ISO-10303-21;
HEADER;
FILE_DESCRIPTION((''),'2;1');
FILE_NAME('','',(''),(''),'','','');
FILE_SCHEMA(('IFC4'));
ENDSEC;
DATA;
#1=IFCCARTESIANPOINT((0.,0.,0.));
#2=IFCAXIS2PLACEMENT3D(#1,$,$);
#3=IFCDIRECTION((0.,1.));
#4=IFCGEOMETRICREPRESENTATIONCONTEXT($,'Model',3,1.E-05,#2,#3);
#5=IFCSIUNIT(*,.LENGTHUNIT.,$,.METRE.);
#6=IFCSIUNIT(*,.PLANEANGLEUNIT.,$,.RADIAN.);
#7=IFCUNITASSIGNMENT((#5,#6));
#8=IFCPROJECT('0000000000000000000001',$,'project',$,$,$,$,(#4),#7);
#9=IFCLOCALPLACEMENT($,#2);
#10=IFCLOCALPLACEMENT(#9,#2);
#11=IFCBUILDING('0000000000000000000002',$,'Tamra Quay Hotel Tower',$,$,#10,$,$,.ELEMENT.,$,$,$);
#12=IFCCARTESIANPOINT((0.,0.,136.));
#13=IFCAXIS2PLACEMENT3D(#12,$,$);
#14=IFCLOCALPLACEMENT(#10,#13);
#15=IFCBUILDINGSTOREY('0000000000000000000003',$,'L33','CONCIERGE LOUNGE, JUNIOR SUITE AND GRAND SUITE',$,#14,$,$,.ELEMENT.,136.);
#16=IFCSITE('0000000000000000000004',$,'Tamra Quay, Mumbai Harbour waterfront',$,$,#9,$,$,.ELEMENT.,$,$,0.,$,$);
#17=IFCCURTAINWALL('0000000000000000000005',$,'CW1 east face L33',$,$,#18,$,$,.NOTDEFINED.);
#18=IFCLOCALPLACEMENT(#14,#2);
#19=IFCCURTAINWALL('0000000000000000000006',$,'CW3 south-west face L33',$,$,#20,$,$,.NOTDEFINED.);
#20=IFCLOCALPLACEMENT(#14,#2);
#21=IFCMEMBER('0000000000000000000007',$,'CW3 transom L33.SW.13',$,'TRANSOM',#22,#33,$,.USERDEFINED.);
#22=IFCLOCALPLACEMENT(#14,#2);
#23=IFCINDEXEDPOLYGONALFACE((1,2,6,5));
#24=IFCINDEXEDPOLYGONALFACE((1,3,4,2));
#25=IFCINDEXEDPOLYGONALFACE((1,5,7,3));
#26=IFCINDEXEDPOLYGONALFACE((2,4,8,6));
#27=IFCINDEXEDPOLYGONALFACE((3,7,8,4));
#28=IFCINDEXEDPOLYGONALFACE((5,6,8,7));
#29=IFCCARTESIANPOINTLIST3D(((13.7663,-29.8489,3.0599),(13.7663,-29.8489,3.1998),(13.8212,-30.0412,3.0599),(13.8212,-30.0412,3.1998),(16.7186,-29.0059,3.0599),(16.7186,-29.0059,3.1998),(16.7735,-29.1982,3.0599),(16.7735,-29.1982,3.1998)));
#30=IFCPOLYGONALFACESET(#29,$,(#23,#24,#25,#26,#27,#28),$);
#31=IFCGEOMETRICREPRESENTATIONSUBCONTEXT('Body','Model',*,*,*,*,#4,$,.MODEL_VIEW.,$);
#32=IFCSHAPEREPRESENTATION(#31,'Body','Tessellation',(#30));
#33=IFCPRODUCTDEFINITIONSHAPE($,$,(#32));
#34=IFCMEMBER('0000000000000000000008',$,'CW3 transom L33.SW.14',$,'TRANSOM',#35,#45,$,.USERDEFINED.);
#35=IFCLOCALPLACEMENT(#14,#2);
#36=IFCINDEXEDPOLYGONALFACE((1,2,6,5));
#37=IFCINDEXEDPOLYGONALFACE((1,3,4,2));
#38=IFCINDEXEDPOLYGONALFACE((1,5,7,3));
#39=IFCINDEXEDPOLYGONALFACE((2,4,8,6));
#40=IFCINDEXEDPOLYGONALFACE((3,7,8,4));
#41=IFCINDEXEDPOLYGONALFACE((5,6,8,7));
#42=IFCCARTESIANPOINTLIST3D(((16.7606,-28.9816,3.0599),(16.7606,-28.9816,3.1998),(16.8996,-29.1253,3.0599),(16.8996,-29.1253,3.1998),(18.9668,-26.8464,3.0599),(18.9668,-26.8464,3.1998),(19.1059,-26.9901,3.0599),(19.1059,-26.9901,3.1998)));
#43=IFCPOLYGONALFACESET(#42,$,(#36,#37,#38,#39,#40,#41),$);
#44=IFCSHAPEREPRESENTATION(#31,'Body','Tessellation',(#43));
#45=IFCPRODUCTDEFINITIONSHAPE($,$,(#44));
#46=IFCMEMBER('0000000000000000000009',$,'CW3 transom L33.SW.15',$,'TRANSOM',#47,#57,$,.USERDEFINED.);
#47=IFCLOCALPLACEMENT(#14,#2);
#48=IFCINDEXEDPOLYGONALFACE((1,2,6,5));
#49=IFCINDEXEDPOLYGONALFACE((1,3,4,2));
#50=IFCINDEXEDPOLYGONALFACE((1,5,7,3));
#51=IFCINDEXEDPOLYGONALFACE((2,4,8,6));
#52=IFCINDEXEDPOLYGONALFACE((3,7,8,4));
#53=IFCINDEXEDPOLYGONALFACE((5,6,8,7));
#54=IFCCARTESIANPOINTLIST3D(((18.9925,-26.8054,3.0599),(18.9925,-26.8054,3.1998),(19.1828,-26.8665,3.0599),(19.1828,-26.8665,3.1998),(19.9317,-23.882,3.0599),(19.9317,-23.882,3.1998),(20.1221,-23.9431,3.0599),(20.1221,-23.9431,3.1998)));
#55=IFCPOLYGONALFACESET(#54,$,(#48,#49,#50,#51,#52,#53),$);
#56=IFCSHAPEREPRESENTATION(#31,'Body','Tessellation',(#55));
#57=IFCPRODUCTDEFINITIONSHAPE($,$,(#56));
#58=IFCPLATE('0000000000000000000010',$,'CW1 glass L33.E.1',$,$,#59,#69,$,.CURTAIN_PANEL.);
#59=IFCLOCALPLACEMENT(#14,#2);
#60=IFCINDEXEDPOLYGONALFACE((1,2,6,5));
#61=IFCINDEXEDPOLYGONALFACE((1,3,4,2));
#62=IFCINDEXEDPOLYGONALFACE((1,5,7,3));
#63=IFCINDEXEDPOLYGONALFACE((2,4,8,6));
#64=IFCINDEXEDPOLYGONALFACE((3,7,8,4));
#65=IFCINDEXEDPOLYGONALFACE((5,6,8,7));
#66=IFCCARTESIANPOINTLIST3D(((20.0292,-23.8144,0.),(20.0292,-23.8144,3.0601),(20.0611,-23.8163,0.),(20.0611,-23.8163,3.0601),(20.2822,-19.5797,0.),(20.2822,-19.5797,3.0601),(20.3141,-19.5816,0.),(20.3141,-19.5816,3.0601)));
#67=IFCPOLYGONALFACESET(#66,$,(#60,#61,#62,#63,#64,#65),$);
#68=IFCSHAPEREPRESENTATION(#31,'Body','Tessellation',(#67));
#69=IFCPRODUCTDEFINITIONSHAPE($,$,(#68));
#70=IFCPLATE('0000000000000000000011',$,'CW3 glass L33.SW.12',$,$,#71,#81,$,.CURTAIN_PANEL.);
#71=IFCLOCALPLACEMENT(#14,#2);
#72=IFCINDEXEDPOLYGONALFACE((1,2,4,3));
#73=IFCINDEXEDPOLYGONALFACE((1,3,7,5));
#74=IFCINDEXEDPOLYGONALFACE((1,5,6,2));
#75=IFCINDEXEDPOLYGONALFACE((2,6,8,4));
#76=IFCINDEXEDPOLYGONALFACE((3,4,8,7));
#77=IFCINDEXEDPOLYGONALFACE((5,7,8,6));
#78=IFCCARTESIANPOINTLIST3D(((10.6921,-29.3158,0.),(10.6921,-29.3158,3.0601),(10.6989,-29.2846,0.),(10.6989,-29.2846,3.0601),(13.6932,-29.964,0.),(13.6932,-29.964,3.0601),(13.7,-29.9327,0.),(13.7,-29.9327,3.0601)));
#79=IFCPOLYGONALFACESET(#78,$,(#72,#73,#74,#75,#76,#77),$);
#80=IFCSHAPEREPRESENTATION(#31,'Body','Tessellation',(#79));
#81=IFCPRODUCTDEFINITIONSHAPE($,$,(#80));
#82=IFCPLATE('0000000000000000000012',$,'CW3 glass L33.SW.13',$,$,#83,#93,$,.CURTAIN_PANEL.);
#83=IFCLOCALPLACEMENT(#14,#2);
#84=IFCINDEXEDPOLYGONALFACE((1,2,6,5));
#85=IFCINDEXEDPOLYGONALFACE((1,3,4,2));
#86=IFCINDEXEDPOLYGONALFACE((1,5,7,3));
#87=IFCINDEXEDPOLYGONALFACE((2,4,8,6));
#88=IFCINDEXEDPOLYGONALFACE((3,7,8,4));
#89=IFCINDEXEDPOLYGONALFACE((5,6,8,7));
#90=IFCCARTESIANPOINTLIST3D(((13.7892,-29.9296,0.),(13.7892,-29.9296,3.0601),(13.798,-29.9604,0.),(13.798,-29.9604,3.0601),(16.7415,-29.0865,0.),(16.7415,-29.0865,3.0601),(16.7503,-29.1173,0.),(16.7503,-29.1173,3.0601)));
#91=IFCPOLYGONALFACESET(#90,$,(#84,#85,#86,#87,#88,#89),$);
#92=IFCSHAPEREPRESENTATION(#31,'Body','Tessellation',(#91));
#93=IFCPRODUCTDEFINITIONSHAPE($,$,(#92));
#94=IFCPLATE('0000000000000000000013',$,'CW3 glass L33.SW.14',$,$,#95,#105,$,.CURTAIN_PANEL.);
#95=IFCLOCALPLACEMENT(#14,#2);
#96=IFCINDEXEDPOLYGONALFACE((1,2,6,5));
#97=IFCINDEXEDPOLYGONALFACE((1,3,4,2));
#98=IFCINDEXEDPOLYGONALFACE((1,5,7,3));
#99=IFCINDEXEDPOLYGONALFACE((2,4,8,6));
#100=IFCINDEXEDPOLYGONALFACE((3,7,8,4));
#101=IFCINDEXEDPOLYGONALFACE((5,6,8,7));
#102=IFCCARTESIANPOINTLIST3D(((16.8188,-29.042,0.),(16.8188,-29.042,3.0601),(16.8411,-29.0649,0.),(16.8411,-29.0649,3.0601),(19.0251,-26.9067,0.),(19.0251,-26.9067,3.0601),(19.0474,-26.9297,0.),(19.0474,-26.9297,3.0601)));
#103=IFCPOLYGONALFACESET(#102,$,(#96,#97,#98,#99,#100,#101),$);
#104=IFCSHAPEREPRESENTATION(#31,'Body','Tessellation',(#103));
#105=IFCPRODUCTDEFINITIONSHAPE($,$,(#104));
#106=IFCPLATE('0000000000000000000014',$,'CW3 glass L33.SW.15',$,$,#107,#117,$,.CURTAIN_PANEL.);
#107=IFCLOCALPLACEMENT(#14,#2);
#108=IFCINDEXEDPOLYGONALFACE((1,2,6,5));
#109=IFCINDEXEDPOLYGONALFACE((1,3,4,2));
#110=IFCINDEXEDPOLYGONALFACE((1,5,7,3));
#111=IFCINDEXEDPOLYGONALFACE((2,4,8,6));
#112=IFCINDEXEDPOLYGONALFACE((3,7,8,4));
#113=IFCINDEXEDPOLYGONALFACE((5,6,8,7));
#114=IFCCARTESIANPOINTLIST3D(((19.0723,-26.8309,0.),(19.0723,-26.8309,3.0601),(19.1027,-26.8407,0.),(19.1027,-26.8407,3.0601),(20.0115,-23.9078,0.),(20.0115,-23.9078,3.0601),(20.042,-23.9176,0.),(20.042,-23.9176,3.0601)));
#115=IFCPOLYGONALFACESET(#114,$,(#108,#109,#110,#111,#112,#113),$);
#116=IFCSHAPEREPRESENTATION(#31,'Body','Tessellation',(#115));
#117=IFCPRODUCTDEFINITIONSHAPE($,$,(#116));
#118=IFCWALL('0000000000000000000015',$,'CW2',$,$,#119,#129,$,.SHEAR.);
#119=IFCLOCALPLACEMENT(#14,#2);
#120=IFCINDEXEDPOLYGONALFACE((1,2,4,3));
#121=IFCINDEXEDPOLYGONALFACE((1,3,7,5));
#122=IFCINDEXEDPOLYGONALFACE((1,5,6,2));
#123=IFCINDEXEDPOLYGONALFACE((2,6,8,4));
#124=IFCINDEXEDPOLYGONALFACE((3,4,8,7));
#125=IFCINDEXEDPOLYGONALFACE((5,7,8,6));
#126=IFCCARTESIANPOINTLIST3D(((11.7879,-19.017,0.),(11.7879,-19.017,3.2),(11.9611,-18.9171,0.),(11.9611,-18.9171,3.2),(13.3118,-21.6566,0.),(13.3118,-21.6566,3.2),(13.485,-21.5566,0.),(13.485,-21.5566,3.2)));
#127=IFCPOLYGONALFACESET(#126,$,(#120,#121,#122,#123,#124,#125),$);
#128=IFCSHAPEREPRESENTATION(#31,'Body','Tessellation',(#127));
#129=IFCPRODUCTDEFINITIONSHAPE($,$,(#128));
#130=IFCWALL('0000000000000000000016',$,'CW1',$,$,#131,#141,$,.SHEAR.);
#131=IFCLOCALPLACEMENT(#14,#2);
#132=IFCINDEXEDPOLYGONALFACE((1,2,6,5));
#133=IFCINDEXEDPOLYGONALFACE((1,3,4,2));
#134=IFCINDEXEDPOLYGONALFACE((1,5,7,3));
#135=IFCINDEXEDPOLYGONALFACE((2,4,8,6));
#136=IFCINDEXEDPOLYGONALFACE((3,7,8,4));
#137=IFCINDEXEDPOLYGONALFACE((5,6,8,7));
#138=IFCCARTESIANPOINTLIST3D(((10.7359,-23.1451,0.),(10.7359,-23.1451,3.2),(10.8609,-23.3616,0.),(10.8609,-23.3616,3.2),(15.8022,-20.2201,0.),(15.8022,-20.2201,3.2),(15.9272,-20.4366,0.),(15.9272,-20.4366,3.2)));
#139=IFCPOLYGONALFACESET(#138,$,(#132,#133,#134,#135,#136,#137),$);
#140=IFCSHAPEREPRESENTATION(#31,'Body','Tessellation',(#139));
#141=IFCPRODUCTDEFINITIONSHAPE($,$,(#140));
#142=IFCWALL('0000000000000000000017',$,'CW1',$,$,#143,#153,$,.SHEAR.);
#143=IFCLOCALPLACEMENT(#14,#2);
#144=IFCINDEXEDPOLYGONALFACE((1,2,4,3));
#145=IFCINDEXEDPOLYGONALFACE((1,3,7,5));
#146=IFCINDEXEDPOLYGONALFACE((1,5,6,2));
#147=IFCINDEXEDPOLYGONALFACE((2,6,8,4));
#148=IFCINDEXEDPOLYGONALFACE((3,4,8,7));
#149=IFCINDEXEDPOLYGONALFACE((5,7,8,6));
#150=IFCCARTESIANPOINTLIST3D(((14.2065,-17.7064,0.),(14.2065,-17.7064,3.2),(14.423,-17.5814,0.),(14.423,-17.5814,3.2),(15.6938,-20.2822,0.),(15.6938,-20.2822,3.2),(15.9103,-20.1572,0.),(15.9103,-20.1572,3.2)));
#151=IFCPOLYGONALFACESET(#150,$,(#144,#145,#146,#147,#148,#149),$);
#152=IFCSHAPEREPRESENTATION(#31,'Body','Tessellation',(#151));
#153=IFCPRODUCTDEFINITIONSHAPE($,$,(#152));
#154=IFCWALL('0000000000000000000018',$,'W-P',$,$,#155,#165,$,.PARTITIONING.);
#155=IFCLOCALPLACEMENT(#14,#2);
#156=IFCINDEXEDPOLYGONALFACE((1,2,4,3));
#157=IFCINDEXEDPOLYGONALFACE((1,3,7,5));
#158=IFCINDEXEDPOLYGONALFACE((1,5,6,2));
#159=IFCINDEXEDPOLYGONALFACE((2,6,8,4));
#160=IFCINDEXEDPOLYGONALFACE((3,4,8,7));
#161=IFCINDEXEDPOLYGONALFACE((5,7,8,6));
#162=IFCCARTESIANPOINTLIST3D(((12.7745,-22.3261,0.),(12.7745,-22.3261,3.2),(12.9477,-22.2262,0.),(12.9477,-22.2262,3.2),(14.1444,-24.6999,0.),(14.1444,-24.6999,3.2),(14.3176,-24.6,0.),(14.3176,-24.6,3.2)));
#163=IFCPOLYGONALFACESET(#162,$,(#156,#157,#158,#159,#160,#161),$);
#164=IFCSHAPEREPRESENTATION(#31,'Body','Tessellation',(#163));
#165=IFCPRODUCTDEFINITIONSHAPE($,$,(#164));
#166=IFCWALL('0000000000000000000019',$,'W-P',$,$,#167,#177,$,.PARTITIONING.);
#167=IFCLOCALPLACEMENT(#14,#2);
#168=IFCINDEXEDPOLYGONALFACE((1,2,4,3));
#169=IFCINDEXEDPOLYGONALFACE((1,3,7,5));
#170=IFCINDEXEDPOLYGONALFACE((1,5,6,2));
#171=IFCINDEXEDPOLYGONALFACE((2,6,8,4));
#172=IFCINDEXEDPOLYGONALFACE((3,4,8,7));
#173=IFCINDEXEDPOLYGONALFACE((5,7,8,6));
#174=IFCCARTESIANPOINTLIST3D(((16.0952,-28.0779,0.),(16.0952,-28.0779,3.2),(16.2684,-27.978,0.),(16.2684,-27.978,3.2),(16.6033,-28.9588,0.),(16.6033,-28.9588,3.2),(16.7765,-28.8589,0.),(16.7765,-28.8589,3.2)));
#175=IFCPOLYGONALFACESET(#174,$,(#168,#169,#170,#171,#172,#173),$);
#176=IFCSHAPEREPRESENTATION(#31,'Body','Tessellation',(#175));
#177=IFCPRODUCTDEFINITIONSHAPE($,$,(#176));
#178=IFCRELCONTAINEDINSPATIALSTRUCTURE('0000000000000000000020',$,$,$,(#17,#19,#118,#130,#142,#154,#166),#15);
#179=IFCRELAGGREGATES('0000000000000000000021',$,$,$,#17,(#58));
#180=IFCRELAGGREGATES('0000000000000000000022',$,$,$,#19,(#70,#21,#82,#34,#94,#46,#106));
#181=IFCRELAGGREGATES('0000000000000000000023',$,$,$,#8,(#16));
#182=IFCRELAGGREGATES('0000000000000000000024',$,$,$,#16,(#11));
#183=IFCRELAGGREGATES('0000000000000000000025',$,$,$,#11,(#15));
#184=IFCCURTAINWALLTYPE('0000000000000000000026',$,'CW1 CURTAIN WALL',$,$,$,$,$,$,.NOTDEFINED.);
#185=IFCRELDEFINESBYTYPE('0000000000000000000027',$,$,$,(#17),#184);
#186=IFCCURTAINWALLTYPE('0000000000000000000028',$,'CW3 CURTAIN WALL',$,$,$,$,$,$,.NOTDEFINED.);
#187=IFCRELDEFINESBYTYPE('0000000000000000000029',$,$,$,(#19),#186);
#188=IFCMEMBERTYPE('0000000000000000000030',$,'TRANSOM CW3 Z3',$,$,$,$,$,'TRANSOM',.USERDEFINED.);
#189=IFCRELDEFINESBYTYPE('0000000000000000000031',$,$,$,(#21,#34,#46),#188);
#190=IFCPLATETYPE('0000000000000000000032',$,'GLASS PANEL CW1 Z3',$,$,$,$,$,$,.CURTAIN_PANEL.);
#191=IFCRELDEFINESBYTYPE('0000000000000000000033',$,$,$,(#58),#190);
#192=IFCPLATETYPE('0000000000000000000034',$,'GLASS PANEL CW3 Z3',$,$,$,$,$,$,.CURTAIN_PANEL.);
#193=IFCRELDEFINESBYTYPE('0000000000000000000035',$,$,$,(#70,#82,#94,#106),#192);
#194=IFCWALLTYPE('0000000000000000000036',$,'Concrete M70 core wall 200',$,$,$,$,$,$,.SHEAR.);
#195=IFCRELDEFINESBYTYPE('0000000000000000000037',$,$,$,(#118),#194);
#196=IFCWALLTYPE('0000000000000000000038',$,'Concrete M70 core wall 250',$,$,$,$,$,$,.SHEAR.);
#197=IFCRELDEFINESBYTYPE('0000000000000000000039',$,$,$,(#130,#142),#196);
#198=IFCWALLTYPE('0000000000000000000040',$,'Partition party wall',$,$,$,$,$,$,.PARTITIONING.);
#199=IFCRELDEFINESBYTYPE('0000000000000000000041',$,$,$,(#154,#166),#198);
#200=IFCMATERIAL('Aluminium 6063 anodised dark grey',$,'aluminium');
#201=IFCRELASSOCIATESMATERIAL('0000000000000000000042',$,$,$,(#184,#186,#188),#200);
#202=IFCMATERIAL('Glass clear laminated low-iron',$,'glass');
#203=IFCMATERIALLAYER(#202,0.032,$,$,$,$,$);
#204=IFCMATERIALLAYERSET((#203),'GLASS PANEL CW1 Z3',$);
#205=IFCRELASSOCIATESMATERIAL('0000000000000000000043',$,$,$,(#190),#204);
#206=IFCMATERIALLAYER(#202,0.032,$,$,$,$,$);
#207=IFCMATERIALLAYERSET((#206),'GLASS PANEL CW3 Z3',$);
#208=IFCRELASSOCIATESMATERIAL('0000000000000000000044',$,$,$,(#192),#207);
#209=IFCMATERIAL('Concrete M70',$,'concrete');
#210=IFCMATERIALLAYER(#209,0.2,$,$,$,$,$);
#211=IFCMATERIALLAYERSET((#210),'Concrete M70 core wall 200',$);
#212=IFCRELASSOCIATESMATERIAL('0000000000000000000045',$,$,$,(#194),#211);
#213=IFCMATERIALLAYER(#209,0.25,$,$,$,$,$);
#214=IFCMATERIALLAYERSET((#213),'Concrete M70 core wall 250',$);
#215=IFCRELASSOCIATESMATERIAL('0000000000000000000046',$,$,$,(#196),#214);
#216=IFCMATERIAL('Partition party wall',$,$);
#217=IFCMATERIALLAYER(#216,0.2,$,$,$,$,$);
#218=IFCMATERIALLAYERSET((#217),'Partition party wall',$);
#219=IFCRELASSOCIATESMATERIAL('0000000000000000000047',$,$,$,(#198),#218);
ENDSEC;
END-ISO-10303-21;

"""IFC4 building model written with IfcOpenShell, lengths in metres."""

from ifc_helpers import new_model, si_unit, direction, frame, frame_2d, origin, origin_2d, place, context, subcontext, project, spatial, rectangle, extrude, material, layer, layer_set, material_profile, profile_set, type_object, element, aggregate, save


model = new_model("IFC4")

# Units and contexts
model_context = context("Model", 3, precision=1e-05, world=origin(), true_north=direction((0.0, 1.0)))
body_context = subcontext(model_context, "Body", "Model", "MODEL_VIEW")
ifc_project = project(units=[si_unit("LENGTHUNIT", "METRE"), si_unit("PLANEANGLEUNIT", "RADIAN")], contexts=[model_context])

# Site, building, storey
site_placement = place(None, origin())
site = spatial("IfcSite", under=ifc_project, at=site_placement, Name="Tamra Quay, Mumbai Harbour waterfront", CompositionType="ELEMENT", RefElevation=0.0)
building_placement = place(site_placement, origin())
building = spatial("IfcBuilding", under=site, at=building_placement, Name="Tamra Quay Hotel Tower", CompositionType="ELEMENT")
storey_placement = place(building_placement, frame((0.0, 0.0, 136.0)))
storey = spatial("IfcBuildingStorey", under=building, at=storey_placement, Name="L33", Description="CONCIERGE LOUNGE, JUNIOR SUITE AND GRAND SUITE", CompositionType="ELEMENT", Elevation=136.0)

# Shared definitions
ifc_material_1 = material(Name="Concrete M70", Category="concrete")

# Curtain walls
ifc_material_2 = material(Name="Aluminium 6063 anodised dark grey", Category="aluminium")
curtain_wall_type_1 = type_object("IfcCurtainWallType", Name="CW1 CURTAIN WALL", PredefinedType="NOTDEFINED", material=ifc_material_2)
curtain_wall_1_placement = place(storey_placement, origin())
curtain_wall_1 = element("IfcCurtainWall", 1, at=curtain_wall_1_placement, inside=storey, type_object=curtain_wall_type_1, Name="CW1 east face L33", PredefinedType="NOTDEFINED")
curtain_wall_type_2 = type_object("IfcCurtainWallType", Name="CW3 CURTAIN WALL", PredefinedType="NOTDEFINED", material=ifc_material_2)
curtain_wall_2_placement = place(storey_placement, origin())
curtain_wall_2 = element("IfcCurtainWall", 2, at=curtain_wall_2_placement, inside=storey, type_object=curtain_wall_type_2, Name="CW3 south-west face L33", PredefinedType="NOTDEFINED")

# Members
ifc_material_profile_1 = material_profile(ifc_material_2, rectangle(XDim=0.2, YDim=0.1399, at=origin_2d()), Name="TRANSOM 200X140")
ifc_profile_set_1 = profile_set([ifc_material_profile_1], Name="Aluminium 6063 anodised dark grey")
member_type_1 = type_object("IfcMemberType", Name="TRANSOM CW3 Z3", ElementType="TRANSOM", PredefinedType="USERDEFINED", material=ifc_profile_set_1)
member_1_placement = place(storey_placement, frame((13.7937, -29.9451, 3.1299), z_axis=(0.961569, 0.274564, 0.0), x_axis=(-0.274564, 0.961569, 0.0)))
member_1 = element("IfcMember", 3, at=member_1_placement, type_object=member_type_1, Name="CW3 transom L33.SW.13", ObjectType="TRANSOM", PredefinedType="USERDEFINED", context=body_context, shape_type="SweptSolid", body=[
    extrude(rectangle(XDim=0.2, YDim=0.1399, at=origin_2d()), origin(), (0.0, 0.0, 1.0), 3.0703),
])
member_2_placement = place(storey_placement, frame((16.8301, -29.0535, 3.1299), z_axis=(0.718582, 0.695443, 0.0), x_axis=(-0.695443, 0.718582, 0.0)))
member_2 = element("IfcMember", 4, at=member_2_placement, type_object=member_type_1, Name="CW3 transom L33.SW.14", ObjectType="TRANSOM", PredefinedType="USERDEFINED", context=body_context, shape_type="SweptSolid", body=[
    extrude(rectangle(XDim=0.2, YDim=0.1399, at=origin_2d()), origin(), (0.0, 0.0, 1.0), 3.0703),
])
member_3_placement = place(storey_placement, frame((19.0876, -26.8359, 3.1299), z_axis=(0.30588, 0.95207, 0.0), x_axis=(-0.95207, 0.30588, 0.0)))
member_3 = element("IfcMember", 5, at=member_3_placement, type_object=member_type_1, Name="CW3 transom L33.SW.15", ObjectType="TRANSOM", PredefinedType="USERDEFINED", context=body_context, shape_type="SweptSolid", body=[
    extrude(rectangle(XDim=0.2, YDim=0.1399, at=origin_2d()), origin(), (0.0, 0.0, 1.0), 3.0706),
])

# Plates
ifc_material_3 = material(Name="Glass clear laminated low-iron", Category="glass")
ifc_layer_1 = layer(ifc_material_3, 0.032)
ifc_layer_set_1 = layer_set([ifc_layer_1], Name="GLASS PANEL CW1 Z3")
plate_type_1 = type_object("IfcPlateType", Name="GLASS PANEL CW1 Z3", PredefinedType="CURTAIN_PANEL", material=ifc_layer_set_1)
plate_1_placement = place(storey_placement, frame((20.1716, -21.698, 0.0), z_axis=(0.0, 0.0, 1.0), x_axis=(0.059642, 0.99822, 0.0)))
plate_1 = element("IfcPlate", 6, at=plate_1_placement, type_object=plate_type_1, Name="CW1 glass L33.E.1", PredefinedType="CURTAIN_PANEL", context=body_context, shape_type="SweptSolid", body=[
    extrude(rectangle(XDim=4.2422, YDim=0.032, at=origin_2d()), origin(), (0.0, 0.0, 1.0), 3.0601),
])
aggregate(curtain_wall_1, [plate_1])
ifc_layer_2 = layer(ifc_material_3, 0.032)
ifc_layer_set_2 = layer_set([ifc_layer_2], Name="GLASS PANEL CW3 Z3")
plate_type_2 = type_object("IfcPlateType", Name="GLASS PANEL CW3 Z3", PredefinedType="CURTAIN_PANEL", material=ifc_layer_set_2)
plate_2_placement = place(storey_placement, frame((12.196, -29.6243, 0.0), z_axis=(0.0, 0.0, 1.0), x_axis=(0.977465, -0.211099, 0.0)))
plate_2 = element("IfcPlate", 7, at=plate_2_placement, type_object=plate_type_2, Name="CW3 glass L33.SW.12", PredefinedType="CURTAIN_PANEL", context=body_context, shape_type="SweptSolid", body=[
    extrude(rectangle(XDim=3.0703, YDim=0.032, at=origin_2d()), origin(), (0.0, 0.0, 1.0), 3.0601),
])
plate_3_placement = place(storey_placement, frame((15.2698, -29.5234, 0.0), z_axis=(0.0, 0.0, 1.0), x_axis=(0.961561, 0.274593, 0.0)))
plate_3 = element("IfcPlate", 8, at=plate_3_placement, type_object=plate_type_2, Name="CW3 glass L33.SW.13", PredefinedType="CURTAIN_PANEL", context=body_context, shape_type="SweptSolid", body=[
    extrude(rectangle(XDim=3.0703, YDim=0.032, at=origin_2d()), origin(), (0.0, 0.0, 1.0), 3.0601),
])
plate_4_placement = place(storey_placement, frame((17.9331, -27.9858, 0.0), z_axis=(0.0, 0.0, 1.0), x_axis=(0.718584, 0.69544, 0.0)))
plate_4 = element("IfcPlate", 9, at=plate_4_placement, type_object=plate_type_2, Name="CW3 glass L33.SW.14", PredefinedType="CURTAIN_PANEL", context=body_context, shape_type="SweptSolid", body=[
    extrude(rectangle(XDim=3.0703, YDim=0.032, at=origin_2d()), origin(), (0.0, 0.0, 1.0), 3.0601),
])
plate_5_placement = place(storey_placement, frame((19.5571, -25.3743, 0.0), z_axis=(0.0, 0.0, 1.0), x_axis=(0.305915, 0.952059, 0.0)))
plate_5 = element("IfcPlate", 10, at=plate_5_placement, type_object=plate_type_2, Name="CW3 glass L33.SW.15", PredefinedType="CURTAIN_PANEL", context=body_context, shape_type="SweptSolid", body=[
    extrude(rectangle(XDim=3.0703, YDim=0.032, at=origin_2d()), origin(), (0.0, 0.0, 1.0), 3.0601),
])
aggregate(curtain_wall_2, [plate_2, member_1, plate_3, member_2, plate_4, member_3, plate_5])

# Walls
ifc_layer_3 = layer(ifc_material_1, 0.2)
ifc_layer_set_3 = layer_set([ifc_layer_3], Name="Concrete M70 core wall 200")
wall_type_1 = type_object("IfcWallType", Name="Concrete M70 core wall 200", PredefinedType="SHEAR", material=ifc_layer_set_3)
wall_1_placement = place(storey_placement, frame((11.8745, -18.967, 0.0), z_axis=(0.0, 0.0, 1.0), x_axis=(0.499981, -0.866036, 0.0)))
element("IfcWall", 11, at=wall_1_placement, inside=storey, type_object=wall_type_1, Name="CW2", PredefinedType="SHEAR", context=body_context, shape_type="SweptSolid", body=[
    extrude(rectangle(XDim=3.0479, YDim=0.2, at=frame_2d((1.5239, 0.0))), origin(), (0.0, 0.0, 1.0), 3.2),
])
ifc_layer_4 = layer(ifc_material_1, 0.25)
ifc_layer_set_4 = layer_set([ifc_layer_4], Name="Concrete M70 core wall 250")
wall_type_2 = type_object("IfcWallType", Name="Concrete M70 core wall 250", PredefinedType="SHEAR", material=ifc_layer_set_4)
wall_2_placement = place(storey_placement, frame((15.8647, -20.3284, 0.0), z_axis=(0.0, 0.0, 1.0), x_axis=(-0.866029, -0.499995, 0.0)))
element("IfcWall", 12, at=wall_2_placement, inside=storey, type_object=wall_type_2, Name="CW1", PredefinedType="SHEAR", context=body_context, shape_type="SweptSolid", body=[
    extrude(rectangle(XDim=5.8501, YDim=0.25, at=frame_2d((2.925, 0.0))), origin(), (0.0, 0.0, 1.0), 3.2),
])
wall_3_placement = place(storey_placement, frame((14.3147, -17.6438, 0.0), z_axis=(0.0, 0.0, 1.0), x_axis=(0.500023, -0.866012, 0.0)))
element("IfcWall", 13, at=wall_3_placement, inside=storey, type_object=wall_type_2, Name="CW1", PredefinedType="SHEAR", context=body_context, shape_type="SweptSolid", body=[
    extrude(rectangle(XDim=2.9744, YDim=0.25, at=frame_2d((1.4873, 0.0))), origin(), (0.0, 0.0, 1.0), 3.2),
])
ifc_material_4 = material(Name="Partition party wall")
ifc_layer_5 = layer(ifc_material_4, 0.2)
ifc_layer_set_5 = layer_set([ifc_layer_5], Name="Partition party wall")
wall_type_3 = type_object("IfcWallType", Name="Partition party wall", PredefinedType="PARTITIONING", material=ifc_layer_set_5)
wall_4_placement = place(storey_placement, frame((12.8611, -22.2761, 0.0), z_axis=(0.0, 0.0, 1.0), x_axis=(0.499828, -0.866125, 0.0)))
element("IfcWall", 14, at=wall_4_placement, inside=storey, type_object=wall_type_3, Name="W-P", PredefinedType="PARTITIONING", context=body_context, shape_type="SweptSolid", body=[
    extrude(rectangle(XDim=2.7407, YDim=0.2, at=frame_2d((1.3704, 0.0))), origin(), (0.0, 0.0, 1.0), 3.2),
])
wall_5_placement = place(storey_placement, frame((16.1819, -28.0281, 0.0), z_axis=(0.0, 0.0, 1.0), x_axis=(0.499625, -0.866242, 0.0)))
element("IfcWall", 15, at=wall_5_placement, inside=storey, type_object=wall_type_3, Name="W-P", PredefinedType="PARTITIONING", context=body_context, shape_type="SweptSolid", body=[
    extrude(rectangle(XDim=1.0168, YDim=0.2, at=frame_2d((0.5083, 0.0))), origin(), (0.0, 0.0, 1.0), 3.2),
])

save(model, "model.ifc")
